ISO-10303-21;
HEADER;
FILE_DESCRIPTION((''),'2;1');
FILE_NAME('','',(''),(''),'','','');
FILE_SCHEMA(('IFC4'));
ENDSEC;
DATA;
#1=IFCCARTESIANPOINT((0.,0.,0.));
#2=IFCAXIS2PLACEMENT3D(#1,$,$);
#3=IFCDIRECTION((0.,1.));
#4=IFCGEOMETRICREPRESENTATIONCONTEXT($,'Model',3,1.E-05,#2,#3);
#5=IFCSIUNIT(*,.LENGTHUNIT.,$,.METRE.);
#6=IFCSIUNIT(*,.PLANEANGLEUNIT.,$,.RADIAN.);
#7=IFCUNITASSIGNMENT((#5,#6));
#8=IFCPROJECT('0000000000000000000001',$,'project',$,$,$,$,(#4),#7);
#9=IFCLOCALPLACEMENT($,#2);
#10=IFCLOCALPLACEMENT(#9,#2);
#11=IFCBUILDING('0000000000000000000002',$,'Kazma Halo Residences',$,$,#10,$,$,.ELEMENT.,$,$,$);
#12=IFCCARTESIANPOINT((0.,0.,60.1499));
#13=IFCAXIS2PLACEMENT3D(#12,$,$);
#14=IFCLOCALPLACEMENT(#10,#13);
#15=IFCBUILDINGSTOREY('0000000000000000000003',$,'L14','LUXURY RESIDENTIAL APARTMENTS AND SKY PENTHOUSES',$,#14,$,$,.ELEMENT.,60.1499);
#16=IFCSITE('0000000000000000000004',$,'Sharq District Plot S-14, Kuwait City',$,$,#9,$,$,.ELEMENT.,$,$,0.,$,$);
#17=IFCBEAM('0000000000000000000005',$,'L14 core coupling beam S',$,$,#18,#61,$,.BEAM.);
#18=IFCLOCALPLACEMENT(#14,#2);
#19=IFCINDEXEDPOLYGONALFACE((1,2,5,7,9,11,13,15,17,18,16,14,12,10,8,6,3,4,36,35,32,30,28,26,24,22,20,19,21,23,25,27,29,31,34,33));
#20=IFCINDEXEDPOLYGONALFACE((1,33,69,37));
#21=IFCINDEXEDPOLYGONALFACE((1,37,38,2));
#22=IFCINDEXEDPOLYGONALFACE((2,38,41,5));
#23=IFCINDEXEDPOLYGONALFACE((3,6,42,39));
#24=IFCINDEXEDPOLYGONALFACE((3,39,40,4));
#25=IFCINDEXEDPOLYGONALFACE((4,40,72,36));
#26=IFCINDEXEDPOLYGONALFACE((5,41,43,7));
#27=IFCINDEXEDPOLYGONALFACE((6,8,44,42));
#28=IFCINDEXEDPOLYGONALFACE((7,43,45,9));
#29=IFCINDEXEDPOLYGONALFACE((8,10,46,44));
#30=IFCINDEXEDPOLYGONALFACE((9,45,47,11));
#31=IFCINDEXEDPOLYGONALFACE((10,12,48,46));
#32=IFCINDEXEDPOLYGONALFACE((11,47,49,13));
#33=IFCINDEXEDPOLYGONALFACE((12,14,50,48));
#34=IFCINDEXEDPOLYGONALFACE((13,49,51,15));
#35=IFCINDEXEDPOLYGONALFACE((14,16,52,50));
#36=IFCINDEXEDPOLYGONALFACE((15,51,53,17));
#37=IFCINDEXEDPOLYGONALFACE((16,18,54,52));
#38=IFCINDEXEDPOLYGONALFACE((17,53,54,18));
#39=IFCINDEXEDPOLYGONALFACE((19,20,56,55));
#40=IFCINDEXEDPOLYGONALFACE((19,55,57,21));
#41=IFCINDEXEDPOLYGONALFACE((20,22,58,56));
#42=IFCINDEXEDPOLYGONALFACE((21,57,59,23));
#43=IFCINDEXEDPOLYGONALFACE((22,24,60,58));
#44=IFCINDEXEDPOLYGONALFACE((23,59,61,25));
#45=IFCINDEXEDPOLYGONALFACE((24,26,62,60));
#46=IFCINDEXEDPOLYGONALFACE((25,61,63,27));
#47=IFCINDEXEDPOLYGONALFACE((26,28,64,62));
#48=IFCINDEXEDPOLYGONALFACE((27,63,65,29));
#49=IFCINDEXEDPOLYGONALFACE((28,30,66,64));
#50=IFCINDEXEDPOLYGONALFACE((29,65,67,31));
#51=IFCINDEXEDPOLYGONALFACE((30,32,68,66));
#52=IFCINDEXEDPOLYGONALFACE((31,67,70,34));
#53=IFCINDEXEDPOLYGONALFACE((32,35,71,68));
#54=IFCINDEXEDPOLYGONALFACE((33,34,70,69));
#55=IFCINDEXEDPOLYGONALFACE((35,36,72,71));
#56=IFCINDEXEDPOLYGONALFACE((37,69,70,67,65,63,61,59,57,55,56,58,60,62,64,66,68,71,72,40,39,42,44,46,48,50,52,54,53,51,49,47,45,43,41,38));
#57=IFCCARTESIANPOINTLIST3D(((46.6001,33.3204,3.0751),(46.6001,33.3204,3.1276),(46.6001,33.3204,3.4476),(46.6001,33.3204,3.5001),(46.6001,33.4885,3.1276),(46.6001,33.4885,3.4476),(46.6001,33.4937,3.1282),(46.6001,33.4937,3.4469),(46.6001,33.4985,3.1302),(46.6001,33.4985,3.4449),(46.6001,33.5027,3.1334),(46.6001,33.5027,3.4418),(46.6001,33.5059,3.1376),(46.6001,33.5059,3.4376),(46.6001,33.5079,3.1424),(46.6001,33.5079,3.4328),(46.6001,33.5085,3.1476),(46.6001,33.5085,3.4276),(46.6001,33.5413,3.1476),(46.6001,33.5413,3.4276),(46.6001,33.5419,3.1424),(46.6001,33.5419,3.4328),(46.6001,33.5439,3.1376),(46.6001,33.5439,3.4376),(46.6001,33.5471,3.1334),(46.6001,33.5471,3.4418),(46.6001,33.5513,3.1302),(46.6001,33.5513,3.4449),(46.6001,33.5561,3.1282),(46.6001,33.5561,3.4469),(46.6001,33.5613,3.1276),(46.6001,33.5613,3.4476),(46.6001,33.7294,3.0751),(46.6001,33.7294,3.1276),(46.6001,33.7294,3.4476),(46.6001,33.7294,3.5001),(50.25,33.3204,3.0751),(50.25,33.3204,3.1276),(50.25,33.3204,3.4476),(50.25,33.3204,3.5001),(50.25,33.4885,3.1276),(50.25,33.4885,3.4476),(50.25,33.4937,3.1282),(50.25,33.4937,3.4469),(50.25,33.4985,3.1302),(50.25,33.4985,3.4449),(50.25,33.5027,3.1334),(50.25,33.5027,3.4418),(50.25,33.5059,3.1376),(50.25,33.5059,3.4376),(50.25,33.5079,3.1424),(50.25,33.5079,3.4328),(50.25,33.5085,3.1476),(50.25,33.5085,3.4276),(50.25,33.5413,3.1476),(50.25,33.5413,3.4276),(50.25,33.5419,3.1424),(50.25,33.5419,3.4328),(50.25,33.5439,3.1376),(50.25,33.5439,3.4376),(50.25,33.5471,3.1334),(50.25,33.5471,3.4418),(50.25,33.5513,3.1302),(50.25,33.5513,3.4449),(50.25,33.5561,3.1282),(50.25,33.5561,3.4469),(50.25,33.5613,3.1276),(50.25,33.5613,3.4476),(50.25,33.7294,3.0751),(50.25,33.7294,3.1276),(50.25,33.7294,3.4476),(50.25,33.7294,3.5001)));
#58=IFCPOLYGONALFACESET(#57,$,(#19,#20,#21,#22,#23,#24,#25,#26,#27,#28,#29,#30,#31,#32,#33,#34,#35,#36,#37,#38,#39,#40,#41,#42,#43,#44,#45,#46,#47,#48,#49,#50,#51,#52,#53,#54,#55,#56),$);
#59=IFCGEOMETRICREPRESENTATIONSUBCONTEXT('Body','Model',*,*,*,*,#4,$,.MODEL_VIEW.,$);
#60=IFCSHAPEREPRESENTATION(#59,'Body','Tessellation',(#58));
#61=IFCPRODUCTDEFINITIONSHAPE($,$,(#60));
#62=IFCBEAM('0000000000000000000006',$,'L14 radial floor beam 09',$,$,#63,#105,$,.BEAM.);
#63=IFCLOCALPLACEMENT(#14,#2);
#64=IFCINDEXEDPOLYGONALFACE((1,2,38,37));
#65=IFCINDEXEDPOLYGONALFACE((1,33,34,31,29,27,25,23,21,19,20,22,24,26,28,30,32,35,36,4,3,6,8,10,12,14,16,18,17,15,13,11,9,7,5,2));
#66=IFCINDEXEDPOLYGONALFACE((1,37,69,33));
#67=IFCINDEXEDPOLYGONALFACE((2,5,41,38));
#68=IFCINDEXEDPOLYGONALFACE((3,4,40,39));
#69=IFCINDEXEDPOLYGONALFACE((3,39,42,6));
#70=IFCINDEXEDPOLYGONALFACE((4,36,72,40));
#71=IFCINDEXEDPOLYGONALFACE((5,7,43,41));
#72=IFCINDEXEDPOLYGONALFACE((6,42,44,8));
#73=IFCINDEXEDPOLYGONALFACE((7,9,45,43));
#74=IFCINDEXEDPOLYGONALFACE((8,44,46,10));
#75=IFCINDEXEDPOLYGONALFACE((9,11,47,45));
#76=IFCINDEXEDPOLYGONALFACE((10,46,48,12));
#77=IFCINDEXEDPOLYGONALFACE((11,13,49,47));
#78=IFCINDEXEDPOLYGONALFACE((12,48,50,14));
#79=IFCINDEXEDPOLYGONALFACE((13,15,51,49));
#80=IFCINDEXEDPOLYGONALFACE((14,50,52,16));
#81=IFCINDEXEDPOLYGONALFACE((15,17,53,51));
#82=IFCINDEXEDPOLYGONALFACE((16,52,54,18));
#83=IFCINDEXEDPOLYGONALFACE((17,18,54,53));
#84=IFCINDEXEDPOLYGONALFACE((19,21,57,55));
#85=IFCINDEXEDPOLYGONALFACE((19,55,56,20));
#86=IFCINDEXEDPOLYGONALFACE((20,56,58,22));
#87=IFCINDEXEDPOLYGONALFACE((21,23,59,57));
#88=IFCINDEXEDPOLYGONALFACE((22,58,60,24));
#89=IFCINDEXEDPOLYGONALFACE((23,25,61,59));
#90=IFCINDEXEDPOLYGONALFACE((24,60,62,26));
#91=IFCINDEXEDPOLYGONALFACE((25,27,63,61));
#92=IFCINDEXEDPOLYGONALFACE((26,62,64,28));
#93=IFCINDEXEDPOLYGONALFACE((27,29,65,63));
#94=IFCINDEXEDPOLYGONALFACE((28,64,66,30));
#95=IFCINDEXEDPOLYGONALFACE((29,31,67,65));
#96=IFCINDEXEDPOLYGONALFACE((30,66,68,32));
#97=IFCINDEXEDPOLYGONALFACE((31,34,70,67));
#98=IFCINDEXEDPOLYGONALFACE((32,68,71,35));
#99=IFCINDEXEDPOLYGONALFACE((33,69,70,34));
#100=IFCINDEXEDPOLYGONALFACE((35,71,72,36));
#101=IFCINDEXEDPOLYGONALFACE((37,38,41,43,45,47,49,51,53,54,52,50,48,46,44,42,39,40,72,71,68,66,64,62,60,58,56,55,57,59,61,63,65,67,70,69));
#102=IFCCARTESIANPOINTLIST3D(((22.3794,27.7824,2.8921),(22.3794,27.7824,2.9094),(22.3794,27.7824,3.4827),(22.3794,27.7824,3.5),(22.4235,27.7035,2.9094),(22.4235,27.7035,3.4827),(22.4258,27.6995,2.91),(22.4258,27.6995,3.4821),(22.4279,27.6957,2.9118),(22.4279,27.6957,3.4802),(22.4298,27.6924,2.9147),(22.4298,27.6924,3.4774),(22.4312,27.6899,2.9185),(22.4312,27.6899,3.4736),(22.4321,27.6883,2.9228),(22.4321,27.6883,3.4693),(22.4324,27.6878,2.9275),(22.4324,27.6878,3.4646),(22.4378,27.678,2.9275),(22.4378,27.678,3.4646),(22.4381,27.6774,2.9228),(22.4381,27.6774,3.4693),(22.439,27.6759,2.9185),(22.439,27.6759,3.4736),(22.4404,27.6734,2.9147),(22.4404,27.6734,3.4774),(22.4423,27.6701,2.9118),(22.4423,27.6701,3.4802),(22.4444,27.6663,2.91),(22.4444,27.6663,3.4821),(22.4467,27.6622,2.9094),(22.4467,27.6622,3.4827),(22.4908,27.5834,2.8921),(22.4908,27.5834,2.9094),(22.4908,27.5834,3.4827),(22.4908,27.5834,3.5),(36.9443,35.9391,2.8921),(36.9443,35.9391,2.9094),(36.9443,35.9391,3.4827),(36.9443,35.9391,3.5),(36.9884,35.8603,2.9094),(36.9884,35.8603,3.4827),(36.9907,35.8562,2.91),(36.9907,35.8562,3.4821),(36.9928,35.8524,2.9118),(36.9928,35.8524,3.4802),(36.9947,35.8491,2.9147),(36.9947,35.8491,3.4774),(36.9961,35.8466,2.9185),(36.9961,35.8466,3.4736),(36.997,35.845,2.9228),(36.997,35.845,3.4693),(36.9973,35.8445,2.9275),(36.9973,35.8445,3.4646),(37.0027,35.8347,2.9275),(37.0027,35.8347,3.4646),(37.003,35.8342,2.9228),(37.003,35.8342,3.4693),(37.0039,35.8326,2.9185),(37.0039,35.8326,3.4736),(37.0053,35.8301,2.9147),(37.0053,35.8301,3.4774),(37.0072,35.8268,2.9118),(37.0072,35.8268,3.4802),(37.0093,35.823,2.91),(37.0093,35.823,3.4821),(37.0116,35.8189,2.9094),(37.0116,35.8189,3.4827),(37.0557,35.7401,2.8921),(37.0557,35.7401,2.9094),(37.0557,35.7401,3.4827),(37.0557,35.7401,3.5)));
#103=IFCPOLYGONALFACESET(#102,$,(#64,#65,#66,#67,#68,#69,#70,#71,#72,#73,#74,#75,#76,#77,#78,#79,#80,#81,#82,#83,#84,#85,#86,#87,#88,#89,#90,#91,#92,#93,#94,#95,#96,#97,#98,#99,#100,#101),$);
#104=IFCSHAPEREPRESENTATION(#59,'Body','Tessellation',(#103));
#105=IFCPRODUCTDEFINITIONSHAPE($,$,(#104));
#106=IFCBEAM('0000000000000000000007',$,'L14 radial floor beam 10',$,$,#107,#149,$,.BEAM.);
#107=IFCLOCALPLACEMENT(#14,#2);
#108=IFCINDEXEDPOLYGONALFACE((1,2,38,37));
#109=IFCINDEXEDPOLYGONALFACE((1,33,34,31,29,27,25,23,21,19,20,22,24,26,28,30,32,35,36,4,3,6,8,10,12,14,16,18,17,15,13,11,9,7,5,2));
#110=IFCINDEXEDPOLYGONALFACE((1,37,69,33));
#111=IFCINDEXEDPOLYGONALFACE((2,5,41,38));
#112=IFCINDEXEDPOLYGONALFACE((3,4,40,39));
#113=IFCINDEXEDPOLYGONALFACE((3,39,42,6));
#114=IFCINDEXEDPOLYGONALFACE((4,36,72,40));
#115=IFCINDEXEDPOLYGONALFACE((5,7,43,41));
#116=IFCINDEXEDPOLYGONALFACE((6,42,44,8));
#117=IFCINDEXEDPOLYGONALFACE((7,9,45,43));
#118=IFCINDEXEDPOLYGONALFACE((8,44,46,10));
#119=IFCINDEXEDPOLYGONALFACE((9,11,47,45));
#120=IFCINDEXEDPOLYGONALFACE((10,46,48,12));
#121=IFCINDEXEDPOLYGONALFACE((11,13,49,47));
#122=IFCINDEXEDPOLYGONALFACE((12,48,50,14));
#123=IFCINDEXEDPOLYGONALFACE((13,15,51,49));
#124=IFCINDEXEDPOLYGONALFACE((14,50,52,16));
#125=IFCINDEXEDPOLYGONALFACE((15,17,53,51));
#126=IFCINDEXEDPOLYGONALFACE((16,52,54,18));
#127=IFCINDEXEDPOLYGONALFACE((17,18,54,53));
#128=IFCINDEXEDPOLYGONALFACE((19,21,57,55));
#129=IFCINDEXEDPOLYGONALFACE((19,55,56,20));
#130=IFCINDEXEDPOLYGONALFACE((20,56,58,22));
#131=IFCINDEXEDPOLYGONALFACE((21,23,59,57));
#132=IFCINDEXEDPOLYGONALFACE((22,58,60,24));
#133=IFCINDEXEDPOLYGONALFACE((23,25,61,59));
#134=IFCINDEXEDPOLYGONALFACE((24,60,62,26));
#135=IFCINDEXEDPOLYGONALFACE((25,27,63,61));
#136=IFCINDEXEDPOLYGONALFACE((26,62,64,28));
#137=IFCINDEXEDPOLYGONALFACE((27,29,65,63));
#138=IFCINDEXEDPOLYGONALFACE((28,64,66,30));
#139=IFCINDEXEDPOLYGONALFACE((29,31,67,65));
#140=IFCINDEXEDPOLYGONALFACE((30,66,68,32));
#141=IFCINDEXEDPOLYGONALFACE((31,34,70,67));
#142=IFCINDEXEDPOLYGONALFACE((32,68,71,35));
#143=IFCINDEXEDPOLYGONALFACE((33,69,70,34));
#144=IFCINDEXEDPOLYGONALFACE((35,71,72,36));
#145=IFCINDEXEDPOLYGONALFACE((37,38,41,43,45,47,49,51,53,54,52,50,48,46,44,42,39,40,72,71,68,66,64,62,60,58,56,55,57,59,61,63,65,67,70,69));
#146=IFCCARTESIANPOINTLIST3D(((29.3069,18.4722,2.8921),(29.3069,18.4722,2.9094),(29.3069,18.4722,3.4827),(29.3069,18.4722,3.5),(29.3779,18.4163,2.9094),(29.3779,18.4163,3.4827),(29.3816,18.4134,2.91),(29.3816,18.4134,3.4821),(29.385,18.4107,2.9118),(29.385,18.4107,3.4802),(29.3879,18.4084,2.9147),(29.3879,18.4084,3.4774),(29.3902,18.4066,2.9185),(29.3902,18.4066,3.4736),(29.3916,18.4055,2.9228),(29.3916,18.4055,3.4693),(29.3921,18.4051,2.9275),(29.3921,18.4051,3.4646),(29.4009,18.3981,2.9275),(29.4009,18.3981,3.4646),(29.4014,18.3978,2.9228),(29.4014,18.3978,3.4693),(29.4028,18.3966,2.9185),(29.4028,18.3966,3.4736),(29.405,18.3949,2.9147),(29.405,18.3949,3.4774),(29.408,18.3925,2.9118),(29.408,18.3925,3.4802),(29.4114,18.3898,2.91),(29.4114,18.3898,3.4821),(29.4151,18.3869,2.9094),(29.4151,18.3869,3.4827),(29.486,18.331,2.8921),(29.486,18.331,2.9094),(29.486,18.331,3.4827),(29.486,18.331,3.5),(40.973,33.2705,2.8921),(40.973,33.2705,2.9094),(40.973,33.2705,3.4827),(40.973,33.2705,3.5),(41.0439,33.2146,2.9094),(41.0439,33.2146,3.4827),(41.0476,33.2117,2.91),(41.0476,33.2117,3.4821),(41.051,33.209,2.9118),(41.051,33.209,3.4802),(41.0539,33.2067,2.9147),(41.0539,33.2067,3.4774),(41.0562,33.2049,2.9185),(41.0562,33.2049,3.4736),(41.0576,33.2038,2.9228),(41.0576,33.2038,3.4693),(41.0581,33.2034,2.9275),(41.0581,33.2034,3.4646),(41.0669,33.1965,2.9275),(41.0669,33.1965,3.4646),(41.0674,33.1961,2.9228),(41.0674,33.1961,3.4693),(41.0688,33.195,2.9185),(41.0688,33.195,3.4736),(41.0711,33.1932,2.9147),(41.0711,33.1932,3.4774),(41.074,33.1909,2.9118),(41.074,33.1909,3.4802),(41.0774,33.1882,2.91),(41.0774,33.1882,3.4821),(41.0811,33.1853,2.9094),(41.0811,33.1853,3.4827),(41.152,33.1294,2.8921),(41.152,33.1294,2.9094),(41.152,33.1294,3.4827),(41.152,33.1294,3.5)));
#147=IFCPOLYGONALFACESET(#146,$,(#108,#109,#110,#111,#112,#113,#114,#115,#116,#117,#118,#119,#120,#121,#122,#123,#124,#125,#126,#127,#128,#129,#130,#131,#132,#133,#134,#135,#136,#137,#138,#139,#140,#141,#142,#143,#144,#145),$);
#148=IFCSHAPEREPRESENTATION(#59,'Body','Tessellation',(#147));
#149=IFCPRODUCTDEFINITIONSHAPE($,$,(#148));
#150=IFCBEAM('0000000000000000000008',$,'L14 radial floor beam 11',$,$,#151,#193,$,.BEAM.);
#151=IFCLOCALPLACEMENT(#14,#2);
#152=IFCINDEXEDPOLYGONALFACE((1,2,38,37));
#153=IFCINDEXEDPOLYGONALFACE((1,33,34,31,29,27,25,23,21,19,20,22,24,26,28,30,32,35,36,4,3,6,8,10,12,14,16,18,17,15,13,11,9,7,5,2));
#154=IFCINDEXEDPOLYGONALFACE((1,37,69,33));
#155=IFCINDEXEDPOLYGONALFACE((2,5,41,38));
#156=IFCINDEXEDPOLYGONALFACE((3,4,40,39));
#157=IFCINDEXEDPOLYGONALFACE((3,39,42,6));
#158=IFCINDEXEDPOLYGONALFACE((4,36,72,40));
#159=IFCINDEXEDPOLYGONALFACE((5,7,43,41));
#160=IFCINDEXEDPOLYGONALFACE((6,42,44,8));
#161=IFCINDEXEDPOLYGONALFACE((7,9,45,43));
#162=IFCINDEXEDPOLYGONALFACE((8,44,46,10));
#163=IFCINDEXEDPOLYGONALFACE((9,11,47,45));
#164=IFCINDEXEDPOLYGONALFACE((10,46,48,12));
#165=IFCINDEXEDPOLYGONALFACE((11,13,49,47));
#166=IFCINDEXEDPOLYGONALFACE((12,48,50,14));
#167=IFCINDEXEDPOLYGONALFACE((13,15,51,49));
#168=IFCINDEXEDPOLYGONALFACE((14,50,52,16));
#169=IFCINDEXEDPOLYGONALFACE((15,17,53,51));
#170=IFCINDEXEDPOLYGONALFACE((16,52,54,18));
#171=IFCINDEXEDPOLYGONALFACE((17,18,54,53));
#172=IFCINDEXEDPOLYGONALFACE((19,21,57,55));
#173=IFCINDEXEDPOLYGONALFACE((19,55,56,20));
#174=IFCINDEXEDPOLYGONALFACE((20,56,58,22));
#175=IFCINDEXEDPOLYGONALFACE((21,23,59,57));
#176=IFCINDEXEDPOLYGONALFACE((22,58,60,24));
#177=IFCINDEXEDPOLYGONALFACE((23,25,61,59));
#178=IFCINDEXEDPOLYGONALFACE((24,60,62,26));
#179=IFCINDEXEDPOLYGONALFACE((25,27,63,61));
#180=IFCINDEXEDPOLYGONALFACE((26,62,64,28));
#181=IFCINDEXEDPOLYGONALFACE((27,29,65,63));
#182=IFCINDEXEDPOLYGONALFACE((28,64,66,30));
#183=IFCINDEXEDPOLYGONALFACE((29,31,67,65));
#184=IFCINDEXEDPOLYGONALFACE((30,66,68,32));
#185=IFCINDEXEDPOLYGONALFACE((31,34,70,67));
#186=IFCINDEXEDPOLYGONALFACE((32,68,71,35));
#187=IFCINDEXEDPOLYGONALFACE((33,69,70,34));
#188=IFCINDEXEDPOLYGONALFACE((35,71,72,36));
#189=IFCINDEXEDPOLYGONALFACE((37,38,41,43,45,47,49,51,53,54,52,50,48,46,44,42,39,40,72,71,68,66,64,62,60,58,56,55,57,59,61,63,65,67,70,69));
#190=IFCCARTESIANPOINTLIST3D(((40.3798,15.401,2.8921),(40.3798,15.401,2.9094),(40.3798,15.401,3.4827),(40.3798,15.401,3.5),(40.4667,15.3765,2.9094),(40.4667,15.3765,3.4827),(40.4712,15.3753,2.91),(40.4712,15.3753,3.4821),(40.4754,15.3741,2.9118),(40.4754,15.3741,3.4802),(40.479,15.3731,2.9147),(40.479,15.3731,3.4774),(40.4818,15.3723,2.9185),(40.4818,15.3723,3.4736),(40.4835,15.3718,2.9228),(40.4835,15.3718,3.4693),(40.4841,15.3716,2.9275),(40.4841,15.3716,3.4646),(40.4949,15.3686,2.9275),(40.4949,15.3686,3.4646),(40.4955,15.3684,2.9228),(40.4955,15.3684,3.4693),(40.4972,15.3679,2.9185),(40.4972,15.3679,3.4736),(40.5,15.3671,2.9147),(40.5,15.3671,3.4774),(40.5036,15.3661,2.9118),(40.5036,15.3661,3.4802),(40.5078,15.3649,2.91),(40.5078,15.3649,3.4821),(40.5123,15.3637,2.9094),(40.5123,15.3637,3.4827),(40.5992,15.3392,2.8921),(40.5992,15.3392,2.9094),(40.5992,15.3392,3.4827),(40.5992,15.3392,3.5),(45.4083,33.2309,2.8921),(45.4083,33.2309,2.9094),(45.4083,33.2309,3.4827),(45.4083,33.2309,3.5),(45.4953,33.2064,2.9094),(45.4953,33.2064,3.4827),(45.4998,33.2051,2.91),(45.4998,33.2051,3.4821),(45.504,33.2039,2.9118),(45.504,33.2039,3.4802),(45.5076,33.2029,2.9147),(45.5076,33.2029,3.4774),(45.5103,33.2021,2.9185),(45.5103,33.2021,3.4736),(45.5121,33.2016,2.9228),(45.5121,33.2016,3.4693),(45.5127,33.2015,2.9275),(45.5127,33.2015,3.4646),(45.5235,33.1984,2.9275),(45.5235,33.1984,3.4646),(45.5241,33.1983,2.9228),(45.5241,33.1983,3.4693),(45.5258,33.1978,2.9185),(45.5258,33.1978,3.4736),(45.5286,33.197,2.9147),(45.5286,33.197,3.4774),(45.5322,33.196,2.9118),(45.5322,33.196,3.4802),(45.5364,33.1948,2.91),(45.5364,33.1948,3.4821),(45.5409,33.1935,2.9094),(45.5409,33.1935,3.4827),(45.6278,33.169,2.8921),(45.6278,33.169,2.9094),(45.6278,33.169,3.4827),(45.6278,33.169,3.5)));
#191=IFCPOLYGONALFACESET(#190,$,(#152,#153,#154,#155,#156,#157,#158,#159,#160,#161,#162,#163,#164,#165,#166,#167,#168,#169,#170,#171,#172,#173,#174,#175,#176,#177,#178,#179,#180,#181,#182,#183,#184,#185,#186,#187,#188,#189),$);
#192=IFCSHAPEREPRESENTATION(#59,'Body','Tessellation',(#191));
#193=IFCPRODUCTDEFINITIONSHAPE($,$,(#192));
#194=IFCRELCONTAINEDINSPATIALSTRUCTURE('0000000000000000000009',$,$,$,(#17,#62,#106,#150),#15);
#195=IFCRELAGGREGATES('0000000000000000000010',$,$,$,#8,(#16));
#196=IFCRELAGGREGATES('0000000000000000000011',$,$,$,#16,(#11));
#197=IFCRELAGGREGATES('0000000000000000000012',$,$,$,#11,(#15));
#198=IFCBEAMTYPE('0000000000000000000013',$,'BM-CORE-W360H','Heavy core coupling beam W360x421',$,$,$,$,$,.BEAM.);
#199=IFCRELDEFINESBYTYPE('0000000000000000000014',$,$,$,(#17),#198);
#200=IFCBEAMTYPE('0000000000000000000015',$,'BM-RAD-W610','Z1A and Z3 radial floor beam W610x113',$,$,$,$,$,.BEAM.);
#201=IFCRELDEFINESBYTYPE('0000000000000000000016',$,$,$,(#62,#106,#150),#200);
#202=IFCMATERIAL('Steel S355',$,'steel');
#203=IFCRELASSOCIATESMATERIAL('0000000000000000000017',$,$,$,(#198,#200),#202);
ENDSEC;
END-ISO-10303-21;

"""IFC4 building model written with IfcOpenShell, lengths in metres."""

from ifc_helpers import new_model, si_unit, direction, frame, origin, origin_2d, place, context, subcontext, project, spatial, i_section, extrude, material, material_profile, profile_set, type_object, element, save


model = new_model("IFC4")

# Units and contexts
model_context = context("Model", 3, precision=1e-05, world=origin(), true_north=direction((0.0, 1.0)))
body_context = subcontext(model_context, "Body", "Model", "MODEL_VIEW")
ifc_project = project(units=[si_unit("LENGTHUNIT", "METRE"), si_unit("PLANEANGLEUNIT", "RADIAN")], contexts=[model_context])

# Site, building, storey
site_placement = place(None, origin())
site = spatial("IfcSite", under=ifc_project, at=site_placement, Name="Sharq District Plot S-14, Kuwait City", CompositionType="ELEMENT", RefElevation=0.0)
building_placement = place(site_placement, origin())
building = spatial("IfcBuilding", under=site, at=building_placement, Name="Kazma Halo Residences", CompositionType="ELEMENT")
storey_placement = place(building_placement, frame((0.0, 0.0, 60.1499)))
storey = spatial("IfcBuildingStorey", under=building, at=storey_placement, Name="L14", Description="LUXURY RESIDENTIAL APARTMENTS AND SKY PENTHOUSES", CompositionType="ELEMENT", Elevation=60.1499)

# Beams
ifc_material_1 = material(Name="Steel S355", Category="steel")
ifc_material_profile_1 = material_profile(ifc_material_1, i_section(OverallWidth=0.4089, OverallDepth=0.425, WebThickness=0.0327, FlangeThickness=0.0525, FilletRadius=0.02, at=origin_2d()), Name="W360x421")
ifc_profile_set_1 = profile_set([ifc_material_profile_1], Name="Steel S355")
beam_type_1 = type_object("IfcBeamType", Name="BM-CORE-W360H", Description="Heavy core coupling beam W360x421", PredefinedType="BEAM", material=ifc_profile_set_1)
beam_1_placement = place(storey_placement, frame((46.6001, 33.5249, 3.2876), z_axis=(1.0, 0.0, 0.0), x_axis=(0.0, 1.0, 0.0)))
element("IfcBeam", 1, at=beam_1_placement, inside=storey, type_object=beam_type_1, Name="L14 core coupling beam S", PredefinedType="BEAM", context=body_context, shape_type="SweptSolid", body=[
    extrude(i_section(OverallWidth=0.4089, OverallDepth=0.425, WebThickness=0.0327, FlangeThickness=0.0525, FilletRadius=0.02, at=origin_2d()), origin(), (0.0, 0.0, 1.0), 3.6499),
])
ifc_material_profile_2 = material_profile(ifc_material_1, i_section(OverallWidth=0.228, OverallDepth=0.6079, WebThickness=0.0112, FlangeThickness=0.0173, FilletRadius=0.0181, at=origin_2d()), Name="W610x113")
ifc_profile_set_2 = profile_set([ifc_material_profile_2], Name="Steel S355")
beam_type_2 = type_object("IfcBeamType", Name="BM-RAD-W610", Description="Z1A and Z3 radial floor beam W610x113", PredefinedType="BEAM", material=ifc_profile_set_2)
beam_2_placement = place(storey_placement, frame((37.0, 35.8396, 3.196), z_axis=(-0.872497, -0.48862, 0.0), x_axis=(0.48862, -0.872497, 0.0)))
element("IfcBeam", 2, at=beam_2_placement, inside=storey, type_object=beam_type_2, Name="L14 radial floor beam 09", PredefinedType="BEAM", context=body_context, shape_type="SweptSolid", body=[
    extrude(i_section(OverallWidth=0.228, OverallDepth=0.6079, WebThickness=0.0112, FlangeThickness=0.0173, FilletRadius=0.0181, at=origin_2d()), origin(), (0.0, 0.0, 1.0), 16.6934),
])
beam_3_placement = place(storey_placement, frame((41.0625, 33.2, 3.196), z_axis=(-0.619092, -0.785318, 0.0), x_axis=(0.785318, -0.619092, 0.0)))
element("IfcBeam", 3, at=beam_3_placement, inside=storey, type_object=beam_type_2, Name="L14 radial floor beam 10", PredefinedType="BEAM", context=body_context, shape_type="SweptSolid", body=[
    extrude(i_section(OverallWidth=0.228, OverallDepth=0.6079, WebThickness=0.0112, FlangeThickness=0.0173, FilletRadius=0.0181, at=origin_2d()), origin(), (0.0, 0.0, 1.0), 18.8438),
])
beam_4_placement = place(storey_placement, frame((45.5181, 33.2, 3.196), z_axis=(-0.271442, -0.962455, 0.0), x_axis=(0.962455, -0.271442, 0.0)))
element("IfcBeam", 4, at=beam_4_placement, inside=storey, type_object=beam_type_2, Name="L14 radial floor beam 11", PredefinedType="BEAM", context=body_context, shape_type="SweptSolid", body=[
    extrude(i_section(OverallWidth=0.228, OverallDepth=0.6079, WebThickness=0.0112, FlangeThickness=0.0173, FilletRadius=0.0181, at=origin_2d()), origin(), (0.0, 0.0, 1.0), 18.5254),
])

save(model, "model.ifc")
